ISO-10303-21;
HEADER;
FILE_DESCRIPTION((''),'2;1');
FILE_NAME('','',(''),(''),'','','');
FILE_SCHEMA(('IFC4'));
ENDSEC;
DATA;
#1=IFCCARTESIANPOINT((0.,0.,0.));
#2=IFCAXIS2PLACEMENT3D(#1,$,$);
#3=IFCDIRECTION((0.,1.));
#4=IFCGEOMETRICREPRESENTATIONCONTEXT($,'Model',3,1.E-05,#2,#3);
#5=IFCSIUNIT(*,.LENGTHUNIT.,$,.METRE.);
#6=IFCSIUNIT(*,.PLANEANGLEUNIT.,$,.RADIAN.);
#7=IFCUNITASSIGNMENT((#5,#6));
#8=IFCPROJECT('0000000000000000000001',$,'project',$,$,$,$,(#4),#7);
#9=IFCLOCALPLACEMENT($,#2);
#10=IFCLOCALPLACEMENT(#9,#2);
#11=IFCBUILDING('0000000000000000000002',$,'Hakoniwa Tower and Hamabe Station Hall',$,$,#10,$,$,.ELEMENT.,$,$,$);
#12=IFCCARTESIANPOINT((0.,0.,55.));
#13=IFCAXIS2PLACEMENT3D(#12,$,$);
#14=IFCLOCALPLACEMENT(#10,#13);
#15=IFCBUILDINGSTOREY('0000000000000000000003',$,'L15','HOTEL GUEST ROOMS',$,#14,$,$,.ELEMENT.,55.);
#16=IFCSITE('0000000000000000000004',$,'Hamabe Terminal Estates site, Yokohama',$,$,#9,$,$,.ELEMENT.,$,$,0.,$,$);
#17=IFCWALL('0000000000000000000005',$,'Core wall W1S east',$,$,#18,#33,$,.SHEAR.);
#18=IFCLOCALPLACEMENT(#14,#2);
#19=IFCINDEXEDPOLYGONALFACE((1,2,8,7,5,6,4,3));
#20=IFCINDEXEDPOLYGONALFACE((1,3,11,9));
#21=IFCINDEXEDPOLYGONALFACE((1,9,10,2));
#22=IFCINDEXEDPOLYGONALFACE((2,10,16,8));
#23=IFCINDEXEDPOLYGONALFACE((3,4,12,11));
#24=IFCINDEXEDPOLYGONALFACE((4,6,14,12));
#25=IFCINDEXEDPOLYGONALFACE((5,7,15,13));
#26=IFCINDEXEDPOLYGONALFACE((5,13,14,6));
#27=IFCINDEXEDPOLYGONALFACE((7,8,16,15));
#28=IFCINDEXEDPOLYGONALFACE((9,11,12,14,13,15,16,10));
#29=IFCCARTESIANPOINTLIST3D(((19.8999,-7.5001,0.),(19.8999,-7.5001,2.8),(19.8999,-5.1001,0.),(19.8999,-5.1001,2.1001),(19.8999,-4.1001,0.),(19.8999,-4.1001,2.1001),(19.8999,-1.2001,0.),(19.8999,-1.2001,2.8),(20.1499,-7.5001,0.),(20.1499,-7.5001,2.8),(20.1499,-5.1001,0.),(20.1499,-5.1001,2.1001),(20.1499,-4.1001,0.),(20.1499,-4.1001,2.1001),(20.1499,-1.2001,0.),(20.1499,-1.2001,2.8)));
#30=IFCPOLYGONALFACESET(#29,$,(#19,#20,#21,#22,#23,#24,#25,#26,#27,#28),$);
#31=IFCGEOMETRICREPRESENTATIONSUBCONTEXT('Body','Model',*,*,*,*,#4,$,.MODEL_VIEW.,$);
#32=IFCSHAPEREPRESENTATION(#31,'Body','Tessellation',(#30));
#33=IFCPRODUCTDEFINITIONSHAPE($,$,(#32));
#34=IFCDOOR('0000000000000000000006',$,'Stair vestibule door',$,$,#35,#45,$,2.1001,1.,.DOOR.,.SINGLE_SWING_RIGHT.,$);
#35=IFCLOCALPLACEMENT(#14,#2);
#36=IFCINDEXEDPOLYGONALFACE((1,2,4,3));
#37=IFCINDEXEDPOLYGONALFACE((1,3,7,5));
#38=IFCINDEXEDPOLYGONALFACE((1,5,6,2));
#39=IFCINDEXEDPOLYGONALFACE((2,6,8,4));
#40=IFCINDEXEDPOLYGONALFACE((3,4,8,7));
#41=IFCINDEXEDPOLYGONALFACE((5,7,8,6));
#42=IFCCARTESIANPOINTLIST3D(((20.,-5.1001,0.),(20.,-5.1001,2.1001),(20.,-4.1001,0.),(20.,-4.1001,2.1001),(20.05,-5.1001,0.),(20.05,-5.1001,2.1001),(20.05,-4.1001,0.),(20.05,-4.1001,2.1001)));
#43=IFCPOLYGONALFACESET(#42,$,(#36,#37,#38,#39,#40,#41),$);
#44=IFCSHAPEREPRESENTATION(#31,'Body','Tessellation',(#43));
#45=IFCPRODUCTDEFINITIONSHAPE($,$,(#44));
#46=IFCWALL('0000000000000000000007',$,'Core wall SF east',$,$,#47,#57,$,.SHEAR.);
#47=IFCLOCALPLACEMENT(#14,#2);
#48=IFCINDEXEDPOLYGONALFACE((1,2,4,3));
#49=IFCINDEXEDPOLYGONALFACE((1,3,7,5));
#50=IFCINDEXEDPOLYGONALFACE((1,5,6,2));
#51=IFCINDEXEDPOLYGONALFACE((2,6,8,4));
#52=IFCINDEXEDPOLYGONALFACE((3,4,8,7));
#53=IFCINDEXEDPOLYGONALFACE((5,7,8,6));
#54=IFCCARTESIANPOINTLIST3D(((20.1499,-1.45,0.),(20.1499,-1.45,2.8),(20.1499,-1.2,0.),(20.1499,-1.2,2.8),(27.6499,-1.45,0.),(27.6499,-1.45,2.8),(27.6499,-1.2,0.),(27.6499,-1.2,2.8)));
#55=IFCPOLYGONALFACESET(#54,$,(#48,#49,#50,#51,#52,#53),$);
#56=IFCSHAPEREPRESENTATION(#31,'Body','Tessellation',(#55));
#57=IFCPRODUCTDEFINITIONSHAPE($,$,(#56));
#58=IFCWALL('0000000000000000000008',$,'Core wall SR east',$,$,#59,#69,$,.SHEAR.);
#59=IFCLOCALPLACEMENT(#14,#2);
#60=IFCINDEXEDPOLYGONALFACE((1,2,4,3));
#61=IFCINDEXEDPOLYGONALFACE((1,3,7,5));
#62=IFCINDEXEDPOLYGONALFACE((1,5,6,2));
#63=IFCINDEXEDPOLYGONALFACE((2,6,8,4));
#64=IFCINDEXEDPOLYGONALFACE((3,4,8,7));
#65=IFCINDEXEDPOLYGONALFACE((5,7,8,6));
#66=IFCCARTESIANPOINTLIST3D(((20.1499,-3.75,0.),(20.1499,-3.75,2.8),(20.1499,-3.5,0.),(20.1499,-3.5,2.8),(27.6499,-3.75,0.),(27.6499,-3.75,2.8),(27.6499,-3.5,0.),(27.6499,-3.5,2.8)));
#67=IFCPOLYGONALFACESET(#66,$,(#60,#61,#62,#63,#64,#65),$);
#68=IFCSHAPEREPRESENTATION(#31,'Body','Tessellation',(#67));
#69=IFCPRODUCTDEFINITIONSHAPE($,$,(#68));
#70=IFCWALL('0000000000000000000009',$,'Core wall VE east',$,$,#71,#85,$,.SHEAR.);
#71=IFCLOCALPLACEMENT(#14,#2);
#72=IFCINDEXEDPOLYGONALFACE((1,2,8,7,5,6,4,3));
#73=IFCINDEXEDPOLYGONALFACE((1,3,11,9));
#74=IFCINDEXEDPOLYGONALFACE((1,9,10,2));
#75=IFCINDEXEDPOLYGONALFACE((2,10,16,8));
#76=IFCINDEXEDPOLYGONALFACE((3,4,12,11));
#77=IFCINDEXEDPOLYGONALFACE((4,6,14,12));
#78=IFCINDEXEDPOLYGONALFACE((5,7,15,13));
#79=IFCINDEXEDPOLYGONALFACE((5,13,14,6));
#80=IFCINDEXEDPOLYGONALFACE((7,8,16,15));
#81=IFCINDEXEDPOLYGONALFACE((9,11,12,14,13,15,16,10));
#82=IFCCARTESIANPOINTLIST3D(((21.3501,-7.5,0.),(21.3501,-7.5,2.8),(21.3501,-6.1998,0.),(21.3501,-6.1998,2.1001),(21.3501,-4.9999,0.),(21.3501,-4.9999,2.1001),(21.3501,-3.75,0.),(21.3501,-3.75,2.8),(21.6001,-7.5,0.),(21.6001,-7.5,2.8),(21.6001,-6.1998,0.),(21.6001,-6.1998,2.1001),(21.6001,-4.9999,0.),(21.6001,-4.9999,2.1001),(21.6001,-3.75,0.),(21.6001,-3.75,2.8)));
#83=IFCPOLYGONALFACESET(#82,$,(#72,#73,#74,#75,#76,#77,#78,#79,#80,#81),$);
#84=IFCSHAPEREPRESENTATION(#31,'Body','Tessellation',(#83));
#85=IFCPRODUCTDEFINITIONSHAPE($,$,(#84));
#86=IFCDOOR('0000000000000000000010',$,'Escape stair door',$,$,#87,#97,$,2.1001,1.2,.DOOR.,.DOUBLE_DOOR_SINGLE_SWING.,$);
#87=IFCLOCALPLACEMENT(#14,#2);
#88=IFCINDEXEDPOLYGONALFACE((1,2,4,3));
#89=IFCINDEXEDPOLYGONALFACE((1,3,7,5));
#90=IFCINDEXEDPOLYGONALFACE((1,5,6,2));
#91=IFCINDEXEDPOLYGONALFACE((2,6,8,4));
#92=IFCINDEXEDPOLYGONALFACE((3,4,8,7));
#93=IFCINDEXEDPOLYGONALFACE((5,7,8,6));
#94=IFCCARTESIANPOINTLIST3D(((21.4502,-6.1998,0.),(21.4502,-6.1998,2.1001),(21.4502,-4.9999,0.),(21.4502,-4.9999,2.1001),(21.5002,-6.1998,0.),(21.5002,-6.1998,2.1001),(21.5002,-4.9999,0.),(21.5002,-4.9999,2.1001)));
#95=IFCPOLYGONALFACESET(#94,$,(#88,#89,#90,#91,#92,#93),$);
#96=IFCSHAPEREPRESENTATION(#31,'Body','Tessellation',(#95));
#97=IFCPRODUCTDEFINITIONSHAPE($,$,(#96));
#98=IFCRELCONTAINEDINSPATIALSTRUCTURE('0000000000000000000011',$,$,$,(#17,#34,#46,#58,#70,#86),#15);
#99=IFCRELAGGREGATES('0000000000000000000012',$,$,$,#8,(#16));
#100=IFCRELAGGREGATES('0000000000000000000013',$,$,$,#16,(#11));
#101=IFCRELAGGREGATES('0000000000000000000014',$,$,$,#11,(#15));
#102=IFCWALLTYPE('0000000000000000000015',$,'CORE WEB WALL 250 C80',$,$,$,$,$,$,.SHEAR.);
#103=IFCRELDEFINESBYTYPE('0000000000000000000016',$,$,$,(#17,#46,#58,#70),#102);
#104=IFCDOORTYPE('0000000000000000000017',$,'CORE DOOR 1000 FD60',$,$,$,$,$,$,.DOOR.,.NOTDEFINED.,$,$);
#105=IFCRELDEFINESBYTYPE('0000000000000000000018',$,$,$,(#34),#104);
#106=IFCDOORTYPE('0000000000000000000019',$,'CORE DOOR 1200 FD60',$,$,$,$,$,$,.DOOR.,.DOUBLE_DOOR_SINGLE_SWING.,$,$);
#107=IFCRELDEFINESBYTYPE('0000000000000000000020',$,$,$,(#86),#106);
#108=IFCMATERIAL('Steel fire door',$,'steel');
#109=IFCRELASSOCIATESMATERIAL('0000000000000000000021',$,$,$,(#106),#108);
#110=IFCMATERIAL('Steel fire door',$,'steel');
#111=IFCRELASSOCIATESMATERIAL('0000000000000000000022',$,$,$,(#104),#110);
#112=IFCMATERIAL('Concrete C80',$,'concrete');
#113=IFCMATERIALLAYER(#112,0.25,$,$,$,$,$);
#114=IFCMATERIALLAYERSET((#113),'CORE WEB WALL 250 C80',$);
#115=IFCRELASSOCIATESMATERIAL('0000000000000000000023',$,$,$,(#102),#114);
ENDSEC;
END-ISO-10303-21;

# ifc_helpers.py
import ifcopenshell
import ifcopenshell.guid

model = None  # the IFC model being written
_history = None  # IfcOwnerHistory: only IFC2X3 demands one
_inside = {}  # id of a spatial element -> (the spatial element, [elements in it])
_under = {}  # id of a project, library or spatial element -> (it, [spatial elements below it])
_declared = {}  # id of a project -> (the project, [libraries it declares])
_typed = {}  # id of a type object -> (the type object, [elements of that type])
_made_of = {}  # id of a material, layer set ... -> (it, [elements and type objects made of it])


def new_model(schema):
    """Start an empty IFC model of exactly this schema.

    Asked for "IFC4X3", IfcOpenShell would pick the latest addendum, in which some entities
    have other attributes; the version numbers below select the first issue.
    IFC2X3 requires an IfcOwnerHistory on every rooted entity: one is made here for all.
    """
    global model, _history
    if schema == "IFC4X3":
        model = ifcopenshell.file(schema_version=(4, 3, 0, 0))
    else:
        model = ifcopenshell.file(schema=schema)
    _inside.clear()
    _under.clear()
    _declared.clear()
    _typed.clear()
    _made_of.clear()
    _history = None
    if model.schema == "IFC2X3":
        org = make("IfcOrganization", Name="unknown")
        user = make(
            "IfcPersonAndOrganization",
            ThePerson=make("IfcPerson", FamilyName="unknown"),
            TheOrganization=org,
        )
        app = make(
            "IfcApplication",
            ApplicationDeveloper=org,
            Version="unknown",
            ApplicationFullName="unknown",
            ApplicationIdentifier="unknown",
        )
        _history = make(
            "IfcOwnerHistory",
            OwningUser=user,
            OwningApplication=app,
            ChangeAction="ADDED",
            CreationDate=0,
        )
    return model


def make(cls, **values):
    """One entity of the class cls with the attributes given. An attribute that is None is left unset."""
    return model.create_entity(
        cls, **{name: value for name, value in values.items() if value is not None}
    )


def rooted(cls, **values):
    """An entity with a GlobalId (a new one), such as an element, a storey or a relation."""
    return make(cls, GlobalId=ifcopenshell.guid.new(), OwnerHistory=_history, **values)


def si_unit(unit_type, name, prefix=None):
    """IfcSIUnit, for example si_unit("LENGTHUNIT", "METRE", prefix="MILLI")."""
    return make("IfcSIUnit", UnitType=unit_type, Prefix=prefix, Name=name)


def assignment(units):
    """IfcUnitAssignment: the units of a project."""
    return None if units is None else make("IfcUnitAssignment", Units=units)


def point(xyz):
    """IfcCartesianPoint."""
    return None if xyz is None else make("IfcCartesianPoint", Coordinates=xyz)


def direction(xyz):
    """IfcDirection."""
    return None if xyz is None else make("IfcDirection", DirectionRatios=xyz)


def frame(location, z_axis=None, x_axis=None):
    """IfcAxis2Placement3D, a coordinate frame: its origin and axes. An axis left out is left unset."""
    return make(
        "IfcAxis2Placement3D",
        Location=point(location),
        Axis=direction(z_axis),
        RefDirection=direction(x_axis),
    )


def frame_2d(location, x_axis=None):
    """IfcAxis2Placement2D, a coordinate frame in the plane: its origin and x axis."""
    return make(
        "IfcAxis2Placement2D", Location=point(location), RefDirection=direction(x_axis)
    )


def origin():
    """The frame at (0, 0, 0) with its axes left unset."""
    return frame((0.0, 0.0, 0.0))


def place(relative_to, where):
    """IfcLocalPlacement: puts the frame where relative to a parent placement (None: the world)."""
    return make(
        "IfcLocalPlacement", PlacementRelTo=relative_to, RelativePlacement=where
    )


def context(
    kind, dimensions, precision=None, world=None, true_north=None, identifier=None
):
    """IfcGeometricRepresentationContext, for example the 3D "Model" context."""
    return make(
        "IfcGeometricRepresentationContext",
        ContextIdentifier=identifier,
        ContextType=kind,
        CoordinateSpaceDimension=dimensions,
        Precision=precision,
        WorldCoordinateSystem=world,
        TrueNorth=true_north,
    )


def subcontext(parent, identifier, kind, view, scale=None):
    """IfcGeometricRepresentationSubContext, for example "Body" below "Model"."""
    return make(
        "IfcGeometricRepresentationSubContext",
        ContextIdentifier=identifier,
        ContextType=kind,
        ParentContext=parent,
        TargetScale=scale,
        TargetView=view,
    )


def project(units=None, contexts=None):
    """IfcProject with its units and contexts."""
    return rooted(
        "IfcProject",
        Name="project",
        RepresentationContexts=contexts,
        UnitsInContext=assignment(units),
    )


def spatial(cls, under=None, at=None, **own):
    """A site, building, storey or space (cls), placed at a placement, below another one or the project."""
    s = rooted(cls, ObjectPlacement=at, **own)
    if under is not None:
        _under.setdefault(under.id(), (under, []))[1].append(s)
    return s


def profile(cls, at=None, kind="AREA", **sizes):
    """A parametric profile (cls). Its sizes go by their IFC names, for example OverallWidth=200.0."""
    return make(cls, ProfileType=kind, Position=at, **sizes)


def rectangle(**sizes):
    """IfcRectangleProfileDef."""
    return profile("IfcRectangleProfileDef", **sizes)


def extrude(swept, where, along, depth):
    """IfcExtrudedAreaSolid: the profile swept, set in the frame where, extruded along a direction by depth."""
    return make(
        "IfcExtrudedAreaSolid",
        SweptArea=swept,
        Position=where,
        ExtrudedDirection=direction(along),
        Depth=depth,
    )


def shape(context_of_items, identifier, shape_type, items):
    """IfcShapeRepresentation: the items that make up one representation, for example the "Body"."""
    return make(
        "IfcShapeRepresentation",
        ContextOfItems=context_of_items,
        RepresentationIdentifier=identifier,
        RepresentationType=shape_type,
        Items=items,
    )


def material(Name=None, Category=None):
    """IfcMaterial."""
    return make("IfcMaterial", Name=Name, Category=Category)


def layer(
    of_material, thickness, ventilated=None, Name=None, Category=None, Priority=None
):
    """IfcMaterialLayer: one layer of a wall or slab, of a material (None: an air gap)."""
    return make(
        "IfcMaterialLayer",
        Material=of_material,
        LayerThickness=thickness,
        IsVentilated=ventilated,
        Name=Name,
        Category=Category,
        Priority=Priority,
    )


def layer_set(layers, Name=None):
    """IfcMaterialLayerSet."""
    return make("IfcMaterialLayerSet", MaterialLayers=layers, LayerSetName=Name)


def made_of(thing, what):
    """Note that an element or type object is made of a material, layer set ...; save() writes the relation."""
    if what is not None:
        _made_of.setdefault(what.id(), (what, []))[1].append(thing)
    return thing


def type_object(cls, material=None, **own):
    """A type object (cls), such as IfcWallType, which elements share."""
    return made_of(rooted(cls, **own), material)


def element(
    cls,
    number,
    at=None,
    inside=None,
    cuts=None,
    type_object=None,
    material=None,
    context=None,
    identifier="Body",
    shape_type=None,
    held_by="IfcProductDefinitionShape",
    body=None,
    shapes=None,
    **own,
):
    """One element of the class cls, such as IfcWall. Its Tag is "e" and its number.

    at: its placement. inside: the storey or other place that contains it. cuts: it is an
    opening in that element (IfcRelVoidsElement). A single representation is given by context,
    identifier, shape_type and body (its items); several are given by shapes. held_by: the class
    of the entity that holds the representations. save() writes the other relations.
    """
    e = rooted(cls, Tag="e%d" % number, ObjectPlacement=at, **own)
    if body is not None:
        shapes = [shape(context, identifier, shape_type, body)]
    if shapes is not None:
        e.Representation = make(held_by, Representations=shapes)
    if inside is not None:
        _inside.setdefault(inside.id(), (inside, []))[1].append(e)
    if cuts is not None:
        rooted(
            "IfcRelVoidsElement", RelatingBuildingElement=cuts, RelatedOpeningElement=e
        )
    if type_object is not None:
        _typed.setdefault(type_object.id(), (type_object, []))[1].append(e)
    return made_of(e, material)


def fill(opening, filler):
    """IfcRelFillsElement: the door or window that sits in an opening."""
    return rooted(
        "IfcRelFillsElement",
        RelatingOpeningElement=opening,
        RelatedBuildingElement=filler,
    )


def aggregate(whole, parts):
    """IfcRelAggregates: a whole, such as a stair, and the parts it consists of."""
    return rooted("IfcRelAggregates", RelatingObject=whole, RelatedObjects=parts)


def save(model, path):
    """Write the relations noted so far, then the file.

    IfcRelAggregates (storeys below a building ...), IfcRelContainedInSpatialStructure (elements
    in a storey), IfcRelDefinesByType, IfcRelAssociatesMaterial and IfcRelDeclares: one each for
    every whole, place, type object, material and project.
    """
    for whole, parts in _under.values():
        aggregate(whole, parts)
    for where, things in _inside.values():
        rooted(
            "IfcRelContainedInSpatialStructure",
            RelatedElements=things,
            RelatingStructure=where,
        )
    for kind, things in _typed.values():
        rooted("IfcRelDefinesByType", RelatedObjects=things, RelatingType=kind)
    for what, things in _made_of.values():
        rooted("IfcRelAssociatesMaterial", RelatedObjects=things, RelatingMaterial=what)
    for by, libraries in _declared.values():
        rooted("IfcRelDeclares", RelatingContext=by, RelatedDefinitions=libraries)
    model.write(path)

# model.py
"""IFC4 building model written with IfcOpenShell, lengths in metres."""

from ifc_helpers import new_model, si_unit, direction, frame, frame_2d, origin, place, context, subcontext, project, spatial, rectangle, extrude, material, layer, layer_set, type_object, element, fill, save


model = new_model("IFC4")

# Units and contexts
model_context = context("Model", 3, precision=1e-05, world=origin(), true_north=direction((0.0, 1.0)))
body_context = subcontext(model_context, "Body", "Model", "MODEL_VIEW")
ifc_project = project(units=[si_unit("LENGTHUNIT", "METRE"), si_unit("PLANEANGLEUNIT", "RADIAN")], contexts=[model_context])

# Site, building, storey
site_placement = place(None, origin())
site = spatial("IfcSite", under=ifc_project, at=site_placement, Name="Hamabe Terminal Estates site, Yokohama", CompositionType="ELEMENT", RefElevation=0.0)
building_placement = place(site_placement, origin())
building = spatial("IfcBuilding", under=site, at=building_placement, Name="Hakoniwa Tower and Hamabe Station Hall", CompositionType="ELEMENT")
storey_placement = place(building_placement, frame((0.0, 0.0, 55.0)))
storey = spatial("IfcBuildingStorey", under=building, at=storey_placement, Name="L15", Description="HOTEL GUEST ROOMS", CompositionType="ELEMENT", Elevation=55.0)

# Shared definitions
ifc_material_1 = material(Name="Steel fire door", Category="steel")
door_type_1 = type_object("IfcDoorType", Name="CORE DOOR 1200 FD60", OperationType="DOUBLE_DOOR_SINGLE_SWING", PredefinedType="DOOR", material=ifc_material_1)

# Wall, opening, door
ifc_material_2 = material(Name="Steel fire door", Category="steel")
door_type_2 = type_object("IfcDoorType", Name="CORE DOOR 1000 FD60", OperationType="NOTDEFINED", PredefinedType="DOOR", material=ifc_material_2)
ifc_material_3 = material(Name="Concrete C80", Category="concrete")
ifc_layer_1 = layer(ifc_material_3, 0.25)
ifc_layer_set_1 = layer_set([ifc_layer_1], Name="CORE WEB WALL 250 C80")
wall_type_1 = type_object("IfcWallType", Name="CORE WEB WALL 250 C80", PredefinedType="SHEAR", material=ifc_layer_set_1)
wall_1_placement = place(storey_placement, frame((20.0249, -7.5, 0.0), z_axis=(0.0, 0.0, 1.0), x_axis=(0.0, 1.0, 0.0)))
wall_1 = element("IfcWall", 1, at=wall_1_placement, inside=storey, type_object=wall_type_1, Name="Core wall W1S east", PredefinedType="SHEAR", context=body_context, shape_type="SweptSolid", body=[
    extrude(rectangle(XDim=6.3, YDim=0.25, at=frame_2d((3.1499, 0.0))), origin(), (0.0, 0.0, 1.0), 2.8),
])
opening_1_placement = place(wall_1_placement, frame((2.3999, 0.0, 0.0)))
opening_1 = element("IfcOpeningElement", 2, at=opening_1_placement, cuts=wall_1, PredefinedType="OPENING", context=body_context, shape_type="SweptSolid", body=[
    extrude(rectangle(XDim=1.0, YDim=2.1001, at=frame_2d((0.5, 1.05))), frame((0.0, 0.135, 0.0), z_axis=(0.0, -1.0, 0.0), x_axis=(1.0, 0.0, 0.0)), (0.0, 0.0, 1.0), 0.27),
])
door_1_placement = place(opening_1_placement, origin())
door_1 = element("IfcDoor", 3, at=door_1_placement, inside=storey, type_object=door_type_2, Name="Stair vestibule door", OperationType="SINGLE_SWING_RIGHT", OverallHeight=2.1001, OverallWidth=1.0, PredefinedType="DOOR", context=body_context, shape_type="SweptSolid", body=[
    extrude(rectangle(XDim=1.0, YDim=2.1001, at=frame_2d((0.5, 1.05))), frame((0.0, 0.0249, 0.0), z_axis=(0.0, -1.0, 0.0), x_axis=(1.0, 0.0, 0.0)), (0.0, 0.0, 1.0), 0.05),
])
fill(opening_1, door_1)

# Walls
for number, where, z_axis, x_axis, name in (
    (4, (20.1499, -1.325, 0.0), (0.0, 0.0, 1.0), (1.0, 0.0, 0.0), "Core wall SF east"),
    (5, (20.1499, -3.625, 0.0), (0.0, 0.0, 1.0), (1.0, 0.0, 0.0), "Core wall SR east"),
):
    element("IfcWall", number, at=place(storey_placement, frame(where, z_axis=z_axis, x_axis=x_axis)), inside=storey, type_object=wall_type_1, Name=name, PredefinedType="SHEAR", context=body_context, shape_type="SweptSolid", body=[
        extrude(rectangle(XDim=7.5, YDim=0.25, at=frame_2d((3.75, 0.0))), origin(), (0.0, 0.0, 1.0), 2.8),
    ])

# Wall, opening, door
wall_2_placement = place(storey_placement, frame((21.4751, -7.5, 0.0), z_axis=(0.0, 0.0, 1.0), x_axis=(0.0, 1.0, 0.0)))
wall_2 = element("IfcWall", 6, at=wall_2_placement, inside=storey, type_object=wall_type_1, Name="Core wall VE east", PredefinedType="SHEAR", context=body_context, shape_type="SweptSolid", body=[
    extrude(rectangle(XDim=3.75, YDim=0.25, at=frame_2d((1.875, 0.0))), origin(), (0.0, 0.0, 1.0), 2.8),
])
opening_2_placement = place(wall_2_placement, frame((1.3, 0.0, 0.0)))
opening_2 = element("IfcOpeningElement", 7, at=opening_2_placement, cuts=wall_2, PredefinedType="OPENING", context=body_context, shape_type="SweptSolid", body=[
    extrude(rectangle(XDim=1.2, YDim=2.1001, at=frame_2d((0.6001, 1.05))), frame((0.0, 0.135, 0.0), z_axis=(0.0, -1.0, 0.0), x_axis=(1.0, 0.0, 0.0)), (0.0, 0.0, 1.0), 0.27),
])
door_2_placement = place(opening_2_placement, origin())
door_2 = element("IfcDoor", 8, at=door_2_placement, inside=storey, type_object=door_type_1, Name="Escape stair door", OperationType="DOUBLE_DOOR_SINGLE_SWING", OverallHeight=2.1001, OverallWidth=1.2, PredefinedType="DOOR", context=body_context, shape_type="SweptSolid", body=[
    extrude(rectangle(XDim=1.2, YDim=2.1001, at=frame_2d((0.6001, 1.05))), frame((0.0, 0.0249, 0.0), z_axis=(0.0, -1.0, 0.0), x_axis=(1.0, 0.0, 0.0)), (0.0, 0.0, 1.0), 0.05),
])
fill(opening_2, door_2)

save(model, "model.ifc")
